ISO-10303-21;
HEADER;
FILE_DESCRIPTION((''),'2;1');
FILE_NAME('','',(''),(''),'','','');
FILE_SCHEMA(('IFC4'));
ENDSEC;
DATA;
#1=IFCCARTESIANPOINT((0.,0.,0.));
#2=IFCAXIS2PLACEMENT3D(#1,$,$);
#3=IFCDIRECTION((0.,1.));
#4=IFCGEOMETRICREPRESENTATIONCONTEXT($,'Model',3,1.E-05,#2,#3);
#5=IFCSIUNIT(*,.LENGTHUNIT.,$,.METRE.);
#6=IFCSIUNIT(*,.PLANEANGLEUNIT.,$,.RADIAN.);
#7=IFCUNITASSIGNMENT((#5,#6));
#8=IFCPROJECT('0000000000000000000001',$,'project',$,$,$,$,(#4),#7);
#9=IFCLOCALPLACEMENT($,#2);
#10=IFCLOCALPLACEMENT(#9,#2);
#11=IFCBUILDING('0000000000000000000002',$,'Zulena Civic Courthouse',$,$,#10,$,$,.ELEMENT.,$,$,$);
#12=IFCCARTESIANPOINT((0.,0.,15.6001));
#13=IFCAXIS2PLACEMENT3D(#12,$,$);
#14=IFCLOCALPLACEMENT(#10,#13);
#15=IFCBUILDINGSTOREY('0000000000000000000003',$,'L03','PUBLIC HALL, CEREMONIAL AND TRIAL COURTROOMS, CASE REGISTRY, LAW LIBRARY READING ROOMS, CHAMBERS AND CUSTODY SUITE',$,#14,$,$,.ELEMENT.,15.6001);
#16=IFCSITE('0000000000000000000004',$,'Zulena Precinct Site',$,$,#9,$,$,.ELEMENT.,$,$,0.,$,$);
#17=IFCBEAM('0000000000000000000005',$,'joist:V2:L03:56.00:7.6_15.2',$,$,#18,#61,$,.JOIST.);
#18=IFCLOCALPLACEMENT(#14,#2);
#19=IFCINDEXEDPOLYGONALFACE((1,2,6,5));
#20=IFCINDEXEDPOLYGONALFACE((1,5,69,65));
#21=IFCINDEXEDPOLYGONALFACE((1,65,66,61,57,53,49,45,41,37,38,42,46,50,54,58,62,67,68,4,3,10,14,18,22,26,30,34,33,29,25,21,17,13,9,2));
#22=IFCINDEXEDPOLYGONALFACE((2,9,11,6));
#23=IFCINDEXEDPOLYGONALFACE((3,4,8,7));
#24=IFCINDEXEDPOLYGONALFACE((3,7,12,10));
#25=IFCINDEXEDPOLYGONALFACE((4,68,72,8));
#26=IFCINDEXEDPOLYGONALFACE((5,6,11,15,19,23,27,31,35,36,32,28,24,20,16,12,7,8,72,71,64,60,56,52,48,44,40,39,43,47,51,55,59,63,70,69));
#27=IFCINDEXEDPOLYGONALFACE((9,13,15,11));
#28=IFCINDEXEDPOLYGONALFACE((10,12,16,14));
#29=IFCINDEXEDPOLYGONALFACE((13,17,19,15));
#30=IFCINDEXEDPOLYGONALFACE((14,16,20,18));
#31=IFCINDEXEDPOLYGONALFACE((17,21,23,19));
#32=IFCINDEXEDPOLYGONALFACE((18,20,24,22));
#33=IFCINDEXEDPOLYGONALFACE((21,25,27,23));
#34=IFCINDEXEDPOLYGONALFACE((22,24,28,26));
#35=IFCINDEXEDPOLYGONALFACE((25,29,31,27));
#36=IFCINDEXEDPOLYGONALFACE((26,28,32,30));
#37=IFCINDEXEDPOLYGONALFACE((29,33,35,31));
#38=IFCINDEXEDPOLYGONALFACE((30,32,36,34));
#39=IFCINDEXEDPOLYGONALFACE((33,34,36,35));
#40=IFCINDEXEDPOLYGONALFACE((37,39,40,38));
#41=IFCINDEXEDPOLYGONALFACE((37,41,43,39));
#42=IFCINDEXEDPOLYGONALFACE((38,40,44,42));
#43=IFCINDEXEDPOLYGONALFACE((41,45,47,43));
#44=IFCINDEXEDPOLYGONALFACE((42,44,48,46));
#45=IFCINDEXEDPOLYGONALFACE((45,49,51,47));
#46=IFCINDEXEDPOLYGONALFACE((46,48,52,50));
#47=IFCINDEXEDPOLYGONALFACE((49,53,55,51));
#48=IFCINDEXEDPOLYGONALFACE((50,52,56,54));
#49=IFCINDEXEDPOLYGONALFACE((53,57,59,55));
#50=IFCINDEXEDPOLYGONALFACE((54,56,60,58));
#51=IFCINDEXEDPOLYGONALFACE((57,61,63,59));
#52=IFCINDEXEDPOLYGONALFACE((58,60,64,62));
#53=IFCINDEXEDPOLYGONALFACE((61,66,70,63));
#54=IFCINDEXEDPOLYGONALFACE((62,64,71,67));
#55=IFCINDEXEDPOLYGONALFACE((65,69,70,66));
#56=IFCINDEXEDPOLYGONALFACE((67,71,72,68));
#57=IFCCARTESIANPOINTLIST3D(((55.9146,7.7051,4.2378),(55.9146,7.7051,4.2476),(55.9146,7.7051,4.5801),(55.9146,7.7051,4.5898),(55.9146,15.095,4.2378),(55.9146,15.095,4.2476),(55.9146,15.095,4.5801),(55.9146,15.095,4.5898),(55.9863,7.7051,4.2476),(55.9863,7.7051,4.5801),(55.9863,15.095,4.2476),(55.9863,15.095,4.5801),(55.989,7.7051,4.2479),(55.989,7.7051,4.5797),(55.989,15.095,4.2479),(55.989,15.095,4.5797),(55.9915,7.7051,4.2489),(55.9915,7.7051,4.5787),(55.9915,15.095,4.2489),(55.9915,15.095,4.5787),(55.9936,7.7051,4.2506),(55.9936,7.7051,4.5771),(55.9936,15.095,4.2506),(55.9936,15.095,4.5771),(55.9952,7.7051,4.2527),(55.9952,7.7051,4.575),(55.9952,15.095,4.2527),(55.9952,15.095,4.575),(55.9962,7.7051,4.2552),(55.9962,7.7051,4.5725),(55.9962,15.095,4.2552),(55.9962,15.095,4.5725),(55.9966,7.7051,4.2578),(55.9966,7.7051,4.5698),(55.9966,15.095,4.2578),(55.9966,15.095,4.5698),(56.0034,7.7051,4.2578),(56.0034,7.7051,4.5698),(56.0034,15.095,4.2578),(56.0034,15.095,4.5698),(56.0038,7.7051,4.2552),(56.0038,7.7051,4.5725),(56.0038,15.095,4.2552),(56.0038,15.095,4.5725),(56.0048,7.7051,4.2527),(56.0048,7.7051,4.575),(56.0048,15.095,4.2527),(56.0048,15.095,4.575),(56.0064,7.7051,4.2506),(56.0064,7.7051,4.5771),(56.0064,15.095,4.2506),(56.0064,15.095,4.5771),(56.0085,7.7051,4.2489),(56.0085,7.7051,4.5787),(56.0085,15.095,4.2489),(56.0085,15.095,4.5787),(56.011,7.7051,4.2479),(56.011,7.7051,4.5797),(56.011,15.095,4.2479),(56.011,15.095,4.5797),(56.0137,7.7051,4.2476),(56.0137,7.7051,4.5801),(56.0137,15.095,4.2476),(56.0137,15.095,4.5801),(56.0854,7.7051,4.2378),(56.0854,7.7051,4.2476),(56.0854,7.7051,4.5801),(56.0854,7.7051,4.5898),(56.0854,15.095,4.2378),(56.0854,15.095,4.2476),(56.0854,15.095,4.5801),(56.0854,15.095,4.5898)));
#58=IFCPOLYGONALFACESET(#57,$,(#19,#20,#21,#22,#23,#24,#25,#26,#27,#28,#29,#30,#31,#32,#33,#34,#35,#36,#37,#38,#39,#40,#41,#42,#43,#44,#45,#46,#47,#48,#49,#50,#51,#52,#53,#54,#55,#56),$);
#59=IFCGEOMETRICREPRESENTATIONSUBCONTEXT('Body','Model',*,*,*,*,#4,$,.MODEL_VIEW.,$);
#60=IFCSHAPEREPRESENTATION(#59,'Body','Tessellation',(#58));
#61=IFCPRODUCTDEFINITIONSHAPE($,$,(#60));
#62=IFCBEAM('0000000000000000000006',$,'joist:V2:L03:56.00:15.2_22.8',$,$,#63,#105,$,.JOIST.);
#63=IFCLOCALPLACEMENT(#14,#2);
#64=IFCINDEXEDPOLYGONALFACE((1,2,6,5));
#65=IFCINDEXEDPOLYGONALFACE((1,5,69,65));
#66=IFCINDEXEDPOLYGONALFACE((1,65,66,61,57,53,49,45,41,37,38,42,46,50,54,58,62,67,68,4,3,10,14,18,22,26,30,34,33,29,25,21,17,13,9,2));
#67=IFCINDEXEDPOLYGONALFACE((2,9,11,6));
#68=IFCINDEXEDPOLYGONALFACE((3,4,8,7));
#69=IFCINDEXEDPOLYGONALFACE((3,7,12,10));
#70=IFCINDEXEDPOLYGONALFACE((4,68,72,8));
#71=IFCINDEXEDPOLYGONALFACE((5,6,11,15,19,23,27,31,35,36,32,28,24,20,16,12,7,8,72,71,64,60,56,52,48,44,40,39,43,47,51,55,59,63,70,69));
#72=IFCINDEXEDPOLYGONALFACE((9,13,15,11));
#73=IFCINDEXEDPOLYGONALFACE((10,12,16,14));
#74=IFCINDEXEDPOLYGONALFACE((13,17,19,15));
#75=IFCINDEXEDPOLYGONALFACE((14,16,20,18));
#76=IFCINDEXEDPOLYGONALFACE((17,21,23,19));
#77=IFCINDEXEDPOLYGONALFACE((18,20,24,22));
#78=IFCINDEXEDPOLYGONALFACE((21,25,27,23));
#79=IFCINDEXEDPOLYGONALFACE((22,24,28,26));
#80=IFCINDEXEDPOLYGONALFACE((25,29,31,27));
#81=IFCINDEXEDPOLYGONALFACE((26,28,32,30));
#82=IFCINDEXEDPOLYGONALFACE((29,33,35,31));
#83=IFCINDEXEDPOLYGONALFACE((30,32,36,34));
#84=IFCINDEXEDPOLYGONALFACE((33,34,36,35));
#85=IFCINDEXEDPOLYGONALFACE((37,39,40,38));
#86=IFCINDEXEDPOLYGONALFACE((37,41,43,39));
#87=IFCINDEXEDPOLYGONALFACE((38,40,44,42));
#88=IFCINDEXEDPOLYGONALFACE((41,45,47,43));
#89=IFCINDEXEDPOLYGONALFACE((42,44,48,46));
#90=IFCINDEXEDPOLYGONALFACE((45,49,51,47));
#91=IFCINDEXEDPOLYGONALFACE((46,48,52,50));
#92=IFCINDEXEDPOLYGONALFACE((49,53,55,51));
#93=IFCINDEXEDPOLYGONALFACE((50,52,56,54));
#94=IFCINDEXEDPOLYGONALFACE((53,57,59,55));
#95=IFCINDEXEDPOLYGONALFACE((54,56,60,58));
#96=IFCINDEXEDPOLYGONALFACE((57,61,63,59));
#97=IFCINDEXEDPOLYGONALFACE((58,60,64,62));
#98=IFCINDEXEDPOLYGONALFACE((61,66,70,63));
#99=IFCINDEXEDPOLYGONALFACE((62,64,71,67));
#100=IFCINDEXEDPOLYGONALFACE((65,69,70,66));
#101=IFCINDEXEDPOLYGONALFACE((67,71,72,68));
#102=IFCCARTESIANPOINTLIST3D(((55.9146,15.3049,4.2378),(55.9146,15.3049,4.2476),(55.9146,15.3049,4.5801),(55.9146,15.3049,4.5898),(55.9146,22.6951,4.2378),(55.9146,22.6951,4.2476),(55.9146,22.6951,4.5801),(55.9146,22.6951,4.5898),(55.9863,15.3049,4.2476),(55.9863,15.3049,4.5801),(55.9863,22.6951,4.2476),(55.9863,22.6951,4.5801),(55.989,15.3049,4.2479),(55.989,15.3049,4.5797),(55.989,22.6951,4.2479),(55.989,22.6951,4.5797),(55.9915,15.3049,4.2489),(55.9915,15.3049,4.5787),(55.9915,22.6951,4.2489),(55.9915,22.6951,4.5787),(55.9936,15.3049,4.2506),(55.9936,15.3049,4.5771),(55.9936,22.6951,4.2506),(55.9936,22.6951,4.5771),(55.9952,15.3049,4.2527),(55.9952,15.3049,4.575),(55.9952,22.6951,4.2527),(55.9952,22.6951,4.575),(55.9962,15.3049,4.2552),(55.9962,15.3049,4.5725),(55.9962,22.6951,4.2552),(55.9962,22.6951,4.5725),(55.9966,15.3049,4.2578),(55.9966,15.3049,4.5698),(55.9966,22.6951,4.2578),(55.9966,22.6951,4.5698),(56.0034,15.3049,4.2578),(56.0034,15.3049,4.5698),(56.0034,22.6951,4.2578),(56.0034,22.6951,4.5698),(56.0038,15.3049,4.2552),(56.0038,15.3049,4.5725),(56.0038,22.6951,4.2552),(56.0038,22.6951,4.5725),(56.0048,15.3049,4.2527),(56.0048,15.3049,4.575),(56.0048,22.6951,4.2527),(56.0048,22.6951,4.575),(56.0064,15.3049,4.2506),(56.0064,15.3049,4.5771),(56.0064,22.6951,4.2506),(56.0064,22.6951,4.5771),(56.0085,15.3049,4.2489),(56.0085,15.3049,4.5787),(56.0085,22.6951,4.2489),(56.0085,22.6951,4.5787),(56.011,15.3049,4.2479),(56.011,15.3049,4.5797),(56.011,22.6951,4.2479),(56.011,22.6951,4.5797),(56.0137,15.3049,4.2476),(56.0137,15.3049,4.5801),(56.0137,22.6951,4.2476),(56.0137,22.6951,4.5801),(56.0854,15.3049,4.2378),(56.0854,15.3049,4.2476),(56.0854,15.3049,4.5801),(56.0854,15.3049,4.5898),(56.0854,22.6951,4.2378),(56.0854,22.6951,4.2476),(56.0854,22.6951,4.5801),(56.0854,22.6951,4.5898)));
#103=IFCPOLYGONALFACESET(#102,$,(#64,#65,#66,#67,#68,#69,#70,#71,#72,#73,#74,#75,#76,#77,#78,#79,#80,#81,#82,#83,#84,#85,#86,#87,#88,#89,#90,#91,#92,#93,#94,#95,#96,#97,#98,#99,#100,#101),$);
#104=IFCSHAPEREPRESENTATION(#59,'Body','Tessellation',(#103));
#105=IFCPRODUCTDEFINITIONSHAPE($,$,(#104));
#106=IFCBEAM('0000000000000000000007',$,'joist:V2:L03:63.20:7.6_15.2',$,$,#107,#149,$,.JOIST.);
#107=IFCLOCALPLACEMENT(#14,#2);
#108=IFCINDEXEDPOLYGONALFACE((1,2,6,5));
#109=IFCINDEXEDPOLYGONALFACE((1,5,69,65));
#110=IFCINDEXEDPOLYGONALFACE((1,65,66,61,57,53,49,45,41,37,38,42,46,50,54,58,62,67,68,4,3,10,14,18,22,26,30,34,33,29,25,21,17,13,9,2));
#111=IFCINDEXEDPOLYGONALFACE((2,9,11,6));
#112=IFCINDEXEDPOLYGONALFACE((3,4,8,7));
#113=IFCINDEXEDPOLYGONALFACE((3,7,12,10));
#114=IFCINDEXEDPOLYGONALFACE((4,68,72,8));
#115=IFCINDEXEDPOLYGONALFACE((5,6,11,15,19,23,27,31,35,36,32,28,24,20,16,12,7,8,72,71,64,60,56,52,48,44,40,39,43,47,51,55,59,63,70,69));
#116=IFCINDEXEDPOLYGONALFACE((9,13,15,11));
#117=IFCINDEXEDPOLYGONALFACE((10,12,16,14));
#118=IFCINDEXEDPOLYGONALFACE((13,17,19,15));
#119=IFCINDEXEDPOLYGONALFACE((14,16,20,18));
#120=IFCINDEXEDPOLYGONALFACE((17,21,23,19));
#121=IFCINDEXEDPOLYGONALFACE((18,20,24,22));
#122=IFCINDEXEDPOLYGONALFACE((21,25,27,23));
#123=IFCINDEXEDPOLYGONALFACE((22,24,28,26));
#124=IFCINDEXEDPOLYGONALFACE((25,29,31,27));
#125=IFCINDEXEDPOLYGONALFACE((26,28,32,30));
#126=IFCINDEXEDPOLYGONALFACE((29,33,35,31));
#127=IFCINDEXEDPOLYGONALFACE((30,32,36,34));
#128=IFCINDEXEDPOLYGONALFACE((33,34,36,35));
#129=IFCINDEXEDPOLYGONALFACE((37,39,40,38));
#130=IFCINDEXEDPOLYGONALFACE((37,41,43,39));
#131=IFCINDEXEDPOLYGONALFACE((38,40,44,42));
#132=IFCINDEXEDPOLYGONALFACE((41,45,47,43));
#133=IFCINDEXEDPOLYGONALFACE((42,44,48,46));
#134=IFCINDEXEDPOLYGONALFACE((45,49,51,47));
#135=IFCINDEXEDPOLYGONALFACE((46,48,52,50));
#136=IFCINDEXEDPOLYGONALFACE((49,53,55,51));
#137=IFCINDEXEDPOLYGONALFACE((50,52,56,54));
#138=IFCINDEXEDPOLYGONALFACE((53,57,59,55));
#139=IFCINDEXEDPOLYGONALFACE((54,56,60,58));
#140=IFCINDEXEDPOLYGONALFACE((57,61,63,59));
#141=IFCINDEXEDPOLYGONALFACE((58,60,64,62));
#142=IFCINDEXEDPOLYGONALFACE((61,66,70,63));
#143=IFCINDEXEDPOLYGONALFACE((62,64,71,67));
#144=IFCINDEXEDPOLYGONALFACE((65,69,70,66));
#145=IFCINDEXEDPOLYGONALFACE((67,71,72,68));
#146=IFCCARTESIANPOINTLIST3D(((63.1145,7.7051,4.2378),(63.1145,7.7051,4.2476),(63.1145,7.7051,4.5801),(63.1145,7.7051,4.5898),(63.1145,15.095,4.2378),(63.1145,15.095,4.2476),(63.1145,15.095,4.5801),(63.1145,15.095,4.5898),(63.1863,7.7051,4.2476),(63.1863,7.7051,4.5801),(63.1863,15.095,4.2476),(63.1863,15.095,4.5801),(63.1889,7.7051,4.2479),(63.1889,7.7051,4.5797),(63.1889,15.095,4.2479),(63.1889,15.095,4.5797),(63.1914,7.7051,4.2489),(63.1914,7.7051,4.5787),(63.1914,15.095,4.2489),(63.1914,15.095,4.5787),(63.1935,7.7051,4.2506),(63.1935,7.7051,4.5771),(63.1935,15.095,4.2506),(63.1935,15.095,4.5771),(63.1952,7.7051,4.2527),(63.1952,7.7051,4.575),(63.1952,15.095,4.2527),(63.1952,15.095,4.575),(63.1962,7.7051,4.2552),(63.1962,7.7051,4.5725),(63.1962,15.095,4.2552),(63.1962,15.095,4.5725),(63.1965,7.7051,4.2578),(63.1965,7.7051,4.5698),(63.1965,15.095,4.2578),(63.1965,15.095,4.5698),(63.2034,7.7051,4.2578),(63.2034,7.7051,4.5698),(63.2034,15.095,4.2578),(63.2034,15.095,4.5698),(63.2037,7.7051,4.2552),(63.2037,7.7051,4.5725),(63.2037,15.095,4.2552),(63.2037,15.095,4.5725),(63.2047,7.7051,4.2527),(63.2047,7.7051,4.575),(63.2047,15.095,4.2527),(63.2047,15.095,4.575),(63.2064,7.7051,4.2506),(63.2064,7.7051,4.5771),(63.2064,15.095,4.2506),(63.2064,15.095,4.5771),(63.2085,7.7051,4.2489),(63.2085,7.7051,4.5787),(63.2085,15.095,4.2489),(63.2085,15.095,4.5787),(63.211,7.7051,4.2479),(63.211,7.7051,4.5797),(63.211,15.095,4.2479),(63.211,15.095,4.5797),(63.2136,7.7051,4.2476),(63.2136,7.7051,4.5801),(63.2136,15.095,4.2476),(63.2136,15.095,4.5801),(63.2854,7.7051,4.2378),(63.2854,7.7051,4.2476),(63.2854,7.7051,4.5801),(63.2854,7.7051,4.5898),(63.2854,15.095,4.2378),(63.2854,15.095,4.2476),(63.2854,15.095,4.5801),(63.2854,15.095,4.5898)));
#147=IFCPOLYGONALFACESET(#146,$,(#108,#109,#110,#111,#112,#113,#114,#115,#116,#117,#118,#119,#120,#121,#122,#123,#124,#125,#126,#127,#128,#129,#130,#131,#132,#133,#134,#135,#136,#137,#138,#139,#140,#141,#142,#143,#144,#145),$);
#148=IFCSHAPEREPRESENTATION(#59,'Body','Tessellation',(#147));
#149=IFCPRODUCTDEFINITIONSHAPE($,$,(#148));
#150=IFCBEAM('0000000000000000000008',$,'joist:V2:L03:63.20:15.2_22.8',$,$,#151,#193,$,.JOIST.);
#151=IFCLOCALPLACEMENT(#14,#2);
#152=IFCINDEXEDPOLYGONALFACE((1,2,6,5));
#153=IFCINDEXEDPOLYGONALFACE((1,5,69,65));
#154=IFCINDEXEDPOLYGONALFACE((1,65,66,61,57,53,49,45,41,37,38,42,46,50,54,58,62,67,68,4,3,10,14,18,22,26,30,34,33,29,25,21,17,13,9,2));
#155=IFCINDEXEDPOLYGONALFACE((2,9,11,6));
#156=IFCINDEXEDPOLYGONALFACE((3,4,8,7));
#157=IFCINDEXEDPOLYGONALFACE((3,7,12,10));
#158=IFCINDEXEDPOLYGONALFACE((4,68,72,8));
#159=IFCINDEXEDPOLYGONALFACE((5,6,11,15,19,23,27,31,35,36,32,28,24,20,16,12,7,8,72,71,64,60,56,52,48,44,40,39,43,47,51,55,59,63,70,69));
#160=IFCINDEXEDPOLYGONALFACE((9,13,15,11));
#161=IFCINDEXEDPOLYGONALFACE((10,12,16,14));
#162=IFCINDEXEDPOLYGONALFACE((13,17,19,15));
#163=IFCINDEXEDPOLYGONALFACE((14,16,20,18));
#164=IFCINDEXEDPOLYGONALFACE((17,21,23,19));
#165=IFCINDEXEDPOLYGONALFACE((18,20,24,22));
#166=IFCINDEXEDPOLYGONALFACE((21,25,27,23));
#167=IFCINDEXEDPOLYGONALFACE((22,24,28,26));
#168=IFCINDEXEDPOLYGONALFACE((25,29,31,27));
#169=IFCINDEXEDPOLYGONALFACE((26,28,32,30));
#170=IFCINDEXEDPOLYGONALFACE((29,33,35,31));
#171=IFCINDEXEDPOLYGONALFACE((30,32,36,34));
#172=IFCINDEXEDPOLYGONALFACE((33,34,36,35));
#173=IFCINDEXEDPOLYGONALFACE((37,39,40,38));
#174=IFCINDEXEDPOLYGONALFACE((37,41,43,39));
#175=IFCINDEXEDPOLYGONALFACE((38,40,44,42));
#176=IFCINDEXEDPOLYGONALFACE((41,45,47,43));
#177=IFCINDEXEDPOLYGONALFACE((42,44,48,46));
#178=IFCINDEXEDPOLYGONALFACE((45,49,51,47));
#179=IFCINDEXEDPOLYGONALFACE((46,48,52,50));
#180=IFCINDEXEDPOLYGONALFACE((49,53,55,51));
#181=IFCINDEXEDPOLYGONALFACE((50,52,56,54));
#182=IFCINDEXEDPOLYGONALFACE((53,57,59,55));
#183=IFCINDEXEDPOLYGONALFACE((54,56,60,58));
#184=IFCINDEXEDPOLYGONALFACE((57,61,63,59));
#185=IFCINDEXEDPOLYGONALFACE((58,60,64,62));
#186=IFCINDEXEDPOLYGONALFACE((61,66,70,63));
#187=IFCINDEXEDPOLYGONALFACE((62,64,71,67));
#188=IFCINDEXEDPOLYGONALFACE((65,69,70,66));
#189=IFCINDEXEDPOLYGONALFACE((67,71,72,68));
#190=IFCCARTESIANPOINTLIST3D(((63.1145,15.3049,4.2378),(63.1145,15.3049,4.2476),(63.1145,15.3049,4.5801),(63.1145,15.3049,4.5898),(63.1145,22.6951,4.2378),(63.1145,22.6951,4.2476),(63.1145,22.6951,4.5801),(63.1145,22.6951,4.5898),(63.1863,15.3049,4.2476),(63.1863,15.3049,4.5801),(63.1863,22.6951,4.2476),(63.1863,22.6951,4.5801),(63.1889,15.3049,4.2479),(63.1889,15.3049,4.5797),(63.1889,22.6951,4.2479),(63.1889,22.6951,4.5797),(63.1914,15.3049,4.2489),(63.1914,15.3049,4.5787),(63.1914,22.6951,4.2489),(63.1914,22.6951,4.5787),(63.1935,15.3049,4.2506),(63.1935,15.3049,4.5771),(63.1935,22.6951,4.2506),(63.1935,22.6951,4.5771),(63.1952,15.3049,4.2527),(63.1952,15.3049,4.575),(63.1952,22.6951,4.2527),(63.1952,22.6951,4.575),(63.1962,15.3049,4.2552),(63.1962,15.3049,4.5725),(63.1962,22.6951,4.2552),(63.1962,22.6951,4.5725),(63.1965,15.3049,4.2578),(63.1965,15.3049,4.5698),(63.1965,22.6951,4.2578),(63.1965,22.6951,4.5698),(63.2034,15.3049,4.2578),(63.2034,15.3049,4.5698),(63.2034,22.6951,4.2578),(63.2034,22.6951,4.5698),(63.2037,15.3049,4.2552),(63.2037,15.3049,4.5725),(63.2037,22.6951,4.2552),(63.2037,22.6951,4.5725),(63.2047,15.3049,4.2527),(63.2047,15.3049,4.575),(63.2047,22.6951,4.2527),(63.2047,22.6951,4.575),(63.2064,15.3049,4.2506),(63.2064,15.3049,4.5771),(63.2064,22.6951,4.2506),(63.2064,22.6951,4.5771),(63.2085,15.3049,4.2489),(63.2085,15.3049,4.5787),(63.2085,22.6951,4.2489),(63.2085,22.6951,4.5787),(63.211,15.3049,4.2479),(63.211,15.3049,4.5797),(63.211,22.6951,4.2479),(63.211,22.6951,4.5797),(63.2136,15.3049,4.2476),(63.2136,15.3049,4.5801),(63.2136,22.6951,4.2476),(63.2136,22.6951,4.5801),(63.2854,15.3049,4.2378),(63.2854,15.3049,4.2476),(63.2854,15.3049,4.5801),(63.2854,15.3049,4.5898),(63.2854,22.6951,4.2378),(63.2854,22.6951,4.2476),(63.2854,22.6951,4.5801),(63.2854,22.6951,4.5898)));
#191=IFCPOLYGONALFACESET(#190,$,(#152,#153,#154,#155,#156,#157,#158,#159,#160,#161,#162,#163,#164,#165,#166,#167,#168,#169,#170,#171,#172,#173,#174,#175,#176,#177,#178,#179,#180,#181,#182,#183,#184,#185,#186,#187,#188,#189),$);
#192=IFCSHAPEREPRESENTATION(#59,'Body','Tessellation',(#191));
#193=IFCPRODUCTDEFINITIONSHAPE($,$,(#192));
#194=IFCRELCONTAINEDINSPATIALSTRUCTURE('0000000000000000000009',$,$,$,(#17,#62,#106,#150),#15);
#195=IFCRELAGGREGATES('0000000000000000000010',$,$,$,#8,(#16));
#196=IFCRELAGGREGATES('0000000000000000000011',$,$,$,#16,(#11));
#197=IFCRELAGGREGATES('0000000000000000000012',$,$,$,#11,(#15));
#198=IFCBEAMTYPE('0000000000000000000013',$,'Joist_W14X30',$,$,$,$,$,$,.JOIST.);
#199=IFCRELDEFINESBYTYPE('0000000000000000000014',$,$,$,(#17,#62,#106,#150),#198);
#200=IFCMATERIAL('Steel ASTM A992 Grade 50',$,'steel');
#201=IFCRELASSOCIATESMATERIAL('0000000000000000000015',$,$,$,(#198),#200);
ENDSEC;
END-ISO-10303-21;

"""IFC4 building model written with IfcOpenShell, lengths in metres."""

from ifc_helpers import new_model, si_unit, direction, frame, origin, origin_2d, place, context, subcontext, project, spatial, i_section, extrude, material, material_profile, profile_set, type_object, element, save


model = new_model("IFC4")

# Units and contexts
model_context = context("Model", 3, precision=1e-05, world=origin(), true_north=direction((0.0, 1.0)))
body_context = subcontext(model_context, "Body", "Model", "MODEL_VIEW")
ifc_project = project(units=[si_unit("LENGTHUNIT", "METRE"), si_unit("PLANEANGLEUNIT", "RADIAN")], contexts=[model_context])

# Site, building, storey
site_placement = place(None, origin())
site = spatial("IfcSite", under=ifc_project, at=site_placement, Name="Zulena Precinct Site", CompositionType="ELEMENT", RefElevation=0.0)
building_placement = place(site_placement, origin())
building = spatial("IfcBuilding", under=site, at=building_placement, Name="Zulena Civic Courthouse", CompositionType="ELEMENT")
storey_placement = place(building_placement, frame((0.0, 0.0, 15.6001)))
storey = spatial("IfcBuildingStorey", under=building, at=storey_placement, Name="L03", Description="PUBLIC HALL, CEREMONIAL AND TRIAL COURTROOMS, CASE REGISTRY, LAW LIBRARY READING ROOMS, CHAMBERS AND CUSTODY SUITE", CompositionType="ELEMENT", Elevation=15.6001)

# Shared definitions
ifc_material_1 = material(Name="Steel ASTM A992 Grade 50", Category="steel")

# Beams
ifc_material_profile_1 = material_profile(ifc_material_1, i_section(OverallWidth=0.1709, OverallDepth=0.3521, WebThickness=0.0068, FlangeThickness=0.0098, FilletRadius=0.0103, at=origin_2d()), Name="W14X30")
ifc_profile_set_1 = profile_set([ifc_material_profile_1], Name="Steel ASTM A992 Grade 50")
beam_type_1 = type_object("IfcBeamType", Name="Joist_W14X30", PredefinedType="JOIST", material=ifc_profile_set_1)
beam_1_placement = place(storey_placement, frame((56.0, 7.7051, 4.4138), z_axis=(0.0, 1.0, 0.0), x_axis=(-1.0, 0.0, 0.0)))
element("IfcBeam", 1, at=beam_1_placement, inside=storey, type_object=beam_type_1, Name="joist:V2:L03:56.00:7.6_15.2", PredefinedType="JOIST", context=body_context, shape_type="SweptSolid", body=[
    extrude(i_section(OverallWidth=0.1709, OverallDepth=0.3521, WebThickness=0.0068, FlangeThickness=0.0098, FilletRadius=0.0103, at=origin_2d()), origin(), (0.0, 0.0, 1.0), 7.3899),
])
beam_2_placement = place(storey_placement, frame((56.0, 15.3049, 4.4138), z_axis=(0.0, 1.0, 0.0), x_axis=(-1.0, 0.0, 0.0)))
element("IfcBeam", 2, at=beam_2_placement, inside=storey, type_object=beam_type_1, Name="joist:V2:L03:56.00:15.2_22.8", PredefinedType="JOIST", context=body_context, shape_type="SweptSolid", body=[
    extrude(i_section(OverallWidth=0.1709, OverallDepth=0.3521, WebThickness=0.0068, FlangeThickness=0.0098, FilletRadius=0.0103, at=origin_2d()), origin(), (0.0, 0.0, 1.0), 7.3901),
])
beam_3_placement = place(storey_placement, frame((63.2, 7.7051, 4.4138), z_axis=(0.0, 1.0, 0.0), x_axis=(-1.0, 0.0, 0.0)))
element("IfcBeam", 3, at=beam_3_placement, inside=storey, type_object=beam_type_1, Name="joist:V2:L03:63.20:7.6_15.2", PredefinedType="JOIST", context=body_context, shape_type="SweptSolid", body=[
    extrude(i_section(OverallWidth=0.1709, OverallDepth=0.3521, WebThickness=0.0068, FlangeThickness=0.0098, FilletRadius=0.0103, at=origin_2d()), origin(), (0.0, 0.0, 1.0), 7.3899),
])
beam_4_placement = place(storey_placement, frame((63.2, 15.3049, 4.4138), z_axis=(0.0, 1.0, 0.0), x_axis=(-1.0, 0.0, 0.0)))
element("IfcBeam", 4, at=beam_4_placement, inside=storey, type_object=beam_type_1, Name="joist:V2:L03:63.20:15.2_22.8", PredefinedType="JOIST", context=body_context, shape_type="SweptSolid", body=[
    extrude(i_section(OverallWidth=0.1709, OverallDepth=0.3521, WebThickness=0.0068, FlangeThickness=0.0098, FilletRadius=0.0103, at=origin_2d()), origin(), (0.0, 0.0, 1.0), 7.3901),
])

save(model, "model.ifc")
